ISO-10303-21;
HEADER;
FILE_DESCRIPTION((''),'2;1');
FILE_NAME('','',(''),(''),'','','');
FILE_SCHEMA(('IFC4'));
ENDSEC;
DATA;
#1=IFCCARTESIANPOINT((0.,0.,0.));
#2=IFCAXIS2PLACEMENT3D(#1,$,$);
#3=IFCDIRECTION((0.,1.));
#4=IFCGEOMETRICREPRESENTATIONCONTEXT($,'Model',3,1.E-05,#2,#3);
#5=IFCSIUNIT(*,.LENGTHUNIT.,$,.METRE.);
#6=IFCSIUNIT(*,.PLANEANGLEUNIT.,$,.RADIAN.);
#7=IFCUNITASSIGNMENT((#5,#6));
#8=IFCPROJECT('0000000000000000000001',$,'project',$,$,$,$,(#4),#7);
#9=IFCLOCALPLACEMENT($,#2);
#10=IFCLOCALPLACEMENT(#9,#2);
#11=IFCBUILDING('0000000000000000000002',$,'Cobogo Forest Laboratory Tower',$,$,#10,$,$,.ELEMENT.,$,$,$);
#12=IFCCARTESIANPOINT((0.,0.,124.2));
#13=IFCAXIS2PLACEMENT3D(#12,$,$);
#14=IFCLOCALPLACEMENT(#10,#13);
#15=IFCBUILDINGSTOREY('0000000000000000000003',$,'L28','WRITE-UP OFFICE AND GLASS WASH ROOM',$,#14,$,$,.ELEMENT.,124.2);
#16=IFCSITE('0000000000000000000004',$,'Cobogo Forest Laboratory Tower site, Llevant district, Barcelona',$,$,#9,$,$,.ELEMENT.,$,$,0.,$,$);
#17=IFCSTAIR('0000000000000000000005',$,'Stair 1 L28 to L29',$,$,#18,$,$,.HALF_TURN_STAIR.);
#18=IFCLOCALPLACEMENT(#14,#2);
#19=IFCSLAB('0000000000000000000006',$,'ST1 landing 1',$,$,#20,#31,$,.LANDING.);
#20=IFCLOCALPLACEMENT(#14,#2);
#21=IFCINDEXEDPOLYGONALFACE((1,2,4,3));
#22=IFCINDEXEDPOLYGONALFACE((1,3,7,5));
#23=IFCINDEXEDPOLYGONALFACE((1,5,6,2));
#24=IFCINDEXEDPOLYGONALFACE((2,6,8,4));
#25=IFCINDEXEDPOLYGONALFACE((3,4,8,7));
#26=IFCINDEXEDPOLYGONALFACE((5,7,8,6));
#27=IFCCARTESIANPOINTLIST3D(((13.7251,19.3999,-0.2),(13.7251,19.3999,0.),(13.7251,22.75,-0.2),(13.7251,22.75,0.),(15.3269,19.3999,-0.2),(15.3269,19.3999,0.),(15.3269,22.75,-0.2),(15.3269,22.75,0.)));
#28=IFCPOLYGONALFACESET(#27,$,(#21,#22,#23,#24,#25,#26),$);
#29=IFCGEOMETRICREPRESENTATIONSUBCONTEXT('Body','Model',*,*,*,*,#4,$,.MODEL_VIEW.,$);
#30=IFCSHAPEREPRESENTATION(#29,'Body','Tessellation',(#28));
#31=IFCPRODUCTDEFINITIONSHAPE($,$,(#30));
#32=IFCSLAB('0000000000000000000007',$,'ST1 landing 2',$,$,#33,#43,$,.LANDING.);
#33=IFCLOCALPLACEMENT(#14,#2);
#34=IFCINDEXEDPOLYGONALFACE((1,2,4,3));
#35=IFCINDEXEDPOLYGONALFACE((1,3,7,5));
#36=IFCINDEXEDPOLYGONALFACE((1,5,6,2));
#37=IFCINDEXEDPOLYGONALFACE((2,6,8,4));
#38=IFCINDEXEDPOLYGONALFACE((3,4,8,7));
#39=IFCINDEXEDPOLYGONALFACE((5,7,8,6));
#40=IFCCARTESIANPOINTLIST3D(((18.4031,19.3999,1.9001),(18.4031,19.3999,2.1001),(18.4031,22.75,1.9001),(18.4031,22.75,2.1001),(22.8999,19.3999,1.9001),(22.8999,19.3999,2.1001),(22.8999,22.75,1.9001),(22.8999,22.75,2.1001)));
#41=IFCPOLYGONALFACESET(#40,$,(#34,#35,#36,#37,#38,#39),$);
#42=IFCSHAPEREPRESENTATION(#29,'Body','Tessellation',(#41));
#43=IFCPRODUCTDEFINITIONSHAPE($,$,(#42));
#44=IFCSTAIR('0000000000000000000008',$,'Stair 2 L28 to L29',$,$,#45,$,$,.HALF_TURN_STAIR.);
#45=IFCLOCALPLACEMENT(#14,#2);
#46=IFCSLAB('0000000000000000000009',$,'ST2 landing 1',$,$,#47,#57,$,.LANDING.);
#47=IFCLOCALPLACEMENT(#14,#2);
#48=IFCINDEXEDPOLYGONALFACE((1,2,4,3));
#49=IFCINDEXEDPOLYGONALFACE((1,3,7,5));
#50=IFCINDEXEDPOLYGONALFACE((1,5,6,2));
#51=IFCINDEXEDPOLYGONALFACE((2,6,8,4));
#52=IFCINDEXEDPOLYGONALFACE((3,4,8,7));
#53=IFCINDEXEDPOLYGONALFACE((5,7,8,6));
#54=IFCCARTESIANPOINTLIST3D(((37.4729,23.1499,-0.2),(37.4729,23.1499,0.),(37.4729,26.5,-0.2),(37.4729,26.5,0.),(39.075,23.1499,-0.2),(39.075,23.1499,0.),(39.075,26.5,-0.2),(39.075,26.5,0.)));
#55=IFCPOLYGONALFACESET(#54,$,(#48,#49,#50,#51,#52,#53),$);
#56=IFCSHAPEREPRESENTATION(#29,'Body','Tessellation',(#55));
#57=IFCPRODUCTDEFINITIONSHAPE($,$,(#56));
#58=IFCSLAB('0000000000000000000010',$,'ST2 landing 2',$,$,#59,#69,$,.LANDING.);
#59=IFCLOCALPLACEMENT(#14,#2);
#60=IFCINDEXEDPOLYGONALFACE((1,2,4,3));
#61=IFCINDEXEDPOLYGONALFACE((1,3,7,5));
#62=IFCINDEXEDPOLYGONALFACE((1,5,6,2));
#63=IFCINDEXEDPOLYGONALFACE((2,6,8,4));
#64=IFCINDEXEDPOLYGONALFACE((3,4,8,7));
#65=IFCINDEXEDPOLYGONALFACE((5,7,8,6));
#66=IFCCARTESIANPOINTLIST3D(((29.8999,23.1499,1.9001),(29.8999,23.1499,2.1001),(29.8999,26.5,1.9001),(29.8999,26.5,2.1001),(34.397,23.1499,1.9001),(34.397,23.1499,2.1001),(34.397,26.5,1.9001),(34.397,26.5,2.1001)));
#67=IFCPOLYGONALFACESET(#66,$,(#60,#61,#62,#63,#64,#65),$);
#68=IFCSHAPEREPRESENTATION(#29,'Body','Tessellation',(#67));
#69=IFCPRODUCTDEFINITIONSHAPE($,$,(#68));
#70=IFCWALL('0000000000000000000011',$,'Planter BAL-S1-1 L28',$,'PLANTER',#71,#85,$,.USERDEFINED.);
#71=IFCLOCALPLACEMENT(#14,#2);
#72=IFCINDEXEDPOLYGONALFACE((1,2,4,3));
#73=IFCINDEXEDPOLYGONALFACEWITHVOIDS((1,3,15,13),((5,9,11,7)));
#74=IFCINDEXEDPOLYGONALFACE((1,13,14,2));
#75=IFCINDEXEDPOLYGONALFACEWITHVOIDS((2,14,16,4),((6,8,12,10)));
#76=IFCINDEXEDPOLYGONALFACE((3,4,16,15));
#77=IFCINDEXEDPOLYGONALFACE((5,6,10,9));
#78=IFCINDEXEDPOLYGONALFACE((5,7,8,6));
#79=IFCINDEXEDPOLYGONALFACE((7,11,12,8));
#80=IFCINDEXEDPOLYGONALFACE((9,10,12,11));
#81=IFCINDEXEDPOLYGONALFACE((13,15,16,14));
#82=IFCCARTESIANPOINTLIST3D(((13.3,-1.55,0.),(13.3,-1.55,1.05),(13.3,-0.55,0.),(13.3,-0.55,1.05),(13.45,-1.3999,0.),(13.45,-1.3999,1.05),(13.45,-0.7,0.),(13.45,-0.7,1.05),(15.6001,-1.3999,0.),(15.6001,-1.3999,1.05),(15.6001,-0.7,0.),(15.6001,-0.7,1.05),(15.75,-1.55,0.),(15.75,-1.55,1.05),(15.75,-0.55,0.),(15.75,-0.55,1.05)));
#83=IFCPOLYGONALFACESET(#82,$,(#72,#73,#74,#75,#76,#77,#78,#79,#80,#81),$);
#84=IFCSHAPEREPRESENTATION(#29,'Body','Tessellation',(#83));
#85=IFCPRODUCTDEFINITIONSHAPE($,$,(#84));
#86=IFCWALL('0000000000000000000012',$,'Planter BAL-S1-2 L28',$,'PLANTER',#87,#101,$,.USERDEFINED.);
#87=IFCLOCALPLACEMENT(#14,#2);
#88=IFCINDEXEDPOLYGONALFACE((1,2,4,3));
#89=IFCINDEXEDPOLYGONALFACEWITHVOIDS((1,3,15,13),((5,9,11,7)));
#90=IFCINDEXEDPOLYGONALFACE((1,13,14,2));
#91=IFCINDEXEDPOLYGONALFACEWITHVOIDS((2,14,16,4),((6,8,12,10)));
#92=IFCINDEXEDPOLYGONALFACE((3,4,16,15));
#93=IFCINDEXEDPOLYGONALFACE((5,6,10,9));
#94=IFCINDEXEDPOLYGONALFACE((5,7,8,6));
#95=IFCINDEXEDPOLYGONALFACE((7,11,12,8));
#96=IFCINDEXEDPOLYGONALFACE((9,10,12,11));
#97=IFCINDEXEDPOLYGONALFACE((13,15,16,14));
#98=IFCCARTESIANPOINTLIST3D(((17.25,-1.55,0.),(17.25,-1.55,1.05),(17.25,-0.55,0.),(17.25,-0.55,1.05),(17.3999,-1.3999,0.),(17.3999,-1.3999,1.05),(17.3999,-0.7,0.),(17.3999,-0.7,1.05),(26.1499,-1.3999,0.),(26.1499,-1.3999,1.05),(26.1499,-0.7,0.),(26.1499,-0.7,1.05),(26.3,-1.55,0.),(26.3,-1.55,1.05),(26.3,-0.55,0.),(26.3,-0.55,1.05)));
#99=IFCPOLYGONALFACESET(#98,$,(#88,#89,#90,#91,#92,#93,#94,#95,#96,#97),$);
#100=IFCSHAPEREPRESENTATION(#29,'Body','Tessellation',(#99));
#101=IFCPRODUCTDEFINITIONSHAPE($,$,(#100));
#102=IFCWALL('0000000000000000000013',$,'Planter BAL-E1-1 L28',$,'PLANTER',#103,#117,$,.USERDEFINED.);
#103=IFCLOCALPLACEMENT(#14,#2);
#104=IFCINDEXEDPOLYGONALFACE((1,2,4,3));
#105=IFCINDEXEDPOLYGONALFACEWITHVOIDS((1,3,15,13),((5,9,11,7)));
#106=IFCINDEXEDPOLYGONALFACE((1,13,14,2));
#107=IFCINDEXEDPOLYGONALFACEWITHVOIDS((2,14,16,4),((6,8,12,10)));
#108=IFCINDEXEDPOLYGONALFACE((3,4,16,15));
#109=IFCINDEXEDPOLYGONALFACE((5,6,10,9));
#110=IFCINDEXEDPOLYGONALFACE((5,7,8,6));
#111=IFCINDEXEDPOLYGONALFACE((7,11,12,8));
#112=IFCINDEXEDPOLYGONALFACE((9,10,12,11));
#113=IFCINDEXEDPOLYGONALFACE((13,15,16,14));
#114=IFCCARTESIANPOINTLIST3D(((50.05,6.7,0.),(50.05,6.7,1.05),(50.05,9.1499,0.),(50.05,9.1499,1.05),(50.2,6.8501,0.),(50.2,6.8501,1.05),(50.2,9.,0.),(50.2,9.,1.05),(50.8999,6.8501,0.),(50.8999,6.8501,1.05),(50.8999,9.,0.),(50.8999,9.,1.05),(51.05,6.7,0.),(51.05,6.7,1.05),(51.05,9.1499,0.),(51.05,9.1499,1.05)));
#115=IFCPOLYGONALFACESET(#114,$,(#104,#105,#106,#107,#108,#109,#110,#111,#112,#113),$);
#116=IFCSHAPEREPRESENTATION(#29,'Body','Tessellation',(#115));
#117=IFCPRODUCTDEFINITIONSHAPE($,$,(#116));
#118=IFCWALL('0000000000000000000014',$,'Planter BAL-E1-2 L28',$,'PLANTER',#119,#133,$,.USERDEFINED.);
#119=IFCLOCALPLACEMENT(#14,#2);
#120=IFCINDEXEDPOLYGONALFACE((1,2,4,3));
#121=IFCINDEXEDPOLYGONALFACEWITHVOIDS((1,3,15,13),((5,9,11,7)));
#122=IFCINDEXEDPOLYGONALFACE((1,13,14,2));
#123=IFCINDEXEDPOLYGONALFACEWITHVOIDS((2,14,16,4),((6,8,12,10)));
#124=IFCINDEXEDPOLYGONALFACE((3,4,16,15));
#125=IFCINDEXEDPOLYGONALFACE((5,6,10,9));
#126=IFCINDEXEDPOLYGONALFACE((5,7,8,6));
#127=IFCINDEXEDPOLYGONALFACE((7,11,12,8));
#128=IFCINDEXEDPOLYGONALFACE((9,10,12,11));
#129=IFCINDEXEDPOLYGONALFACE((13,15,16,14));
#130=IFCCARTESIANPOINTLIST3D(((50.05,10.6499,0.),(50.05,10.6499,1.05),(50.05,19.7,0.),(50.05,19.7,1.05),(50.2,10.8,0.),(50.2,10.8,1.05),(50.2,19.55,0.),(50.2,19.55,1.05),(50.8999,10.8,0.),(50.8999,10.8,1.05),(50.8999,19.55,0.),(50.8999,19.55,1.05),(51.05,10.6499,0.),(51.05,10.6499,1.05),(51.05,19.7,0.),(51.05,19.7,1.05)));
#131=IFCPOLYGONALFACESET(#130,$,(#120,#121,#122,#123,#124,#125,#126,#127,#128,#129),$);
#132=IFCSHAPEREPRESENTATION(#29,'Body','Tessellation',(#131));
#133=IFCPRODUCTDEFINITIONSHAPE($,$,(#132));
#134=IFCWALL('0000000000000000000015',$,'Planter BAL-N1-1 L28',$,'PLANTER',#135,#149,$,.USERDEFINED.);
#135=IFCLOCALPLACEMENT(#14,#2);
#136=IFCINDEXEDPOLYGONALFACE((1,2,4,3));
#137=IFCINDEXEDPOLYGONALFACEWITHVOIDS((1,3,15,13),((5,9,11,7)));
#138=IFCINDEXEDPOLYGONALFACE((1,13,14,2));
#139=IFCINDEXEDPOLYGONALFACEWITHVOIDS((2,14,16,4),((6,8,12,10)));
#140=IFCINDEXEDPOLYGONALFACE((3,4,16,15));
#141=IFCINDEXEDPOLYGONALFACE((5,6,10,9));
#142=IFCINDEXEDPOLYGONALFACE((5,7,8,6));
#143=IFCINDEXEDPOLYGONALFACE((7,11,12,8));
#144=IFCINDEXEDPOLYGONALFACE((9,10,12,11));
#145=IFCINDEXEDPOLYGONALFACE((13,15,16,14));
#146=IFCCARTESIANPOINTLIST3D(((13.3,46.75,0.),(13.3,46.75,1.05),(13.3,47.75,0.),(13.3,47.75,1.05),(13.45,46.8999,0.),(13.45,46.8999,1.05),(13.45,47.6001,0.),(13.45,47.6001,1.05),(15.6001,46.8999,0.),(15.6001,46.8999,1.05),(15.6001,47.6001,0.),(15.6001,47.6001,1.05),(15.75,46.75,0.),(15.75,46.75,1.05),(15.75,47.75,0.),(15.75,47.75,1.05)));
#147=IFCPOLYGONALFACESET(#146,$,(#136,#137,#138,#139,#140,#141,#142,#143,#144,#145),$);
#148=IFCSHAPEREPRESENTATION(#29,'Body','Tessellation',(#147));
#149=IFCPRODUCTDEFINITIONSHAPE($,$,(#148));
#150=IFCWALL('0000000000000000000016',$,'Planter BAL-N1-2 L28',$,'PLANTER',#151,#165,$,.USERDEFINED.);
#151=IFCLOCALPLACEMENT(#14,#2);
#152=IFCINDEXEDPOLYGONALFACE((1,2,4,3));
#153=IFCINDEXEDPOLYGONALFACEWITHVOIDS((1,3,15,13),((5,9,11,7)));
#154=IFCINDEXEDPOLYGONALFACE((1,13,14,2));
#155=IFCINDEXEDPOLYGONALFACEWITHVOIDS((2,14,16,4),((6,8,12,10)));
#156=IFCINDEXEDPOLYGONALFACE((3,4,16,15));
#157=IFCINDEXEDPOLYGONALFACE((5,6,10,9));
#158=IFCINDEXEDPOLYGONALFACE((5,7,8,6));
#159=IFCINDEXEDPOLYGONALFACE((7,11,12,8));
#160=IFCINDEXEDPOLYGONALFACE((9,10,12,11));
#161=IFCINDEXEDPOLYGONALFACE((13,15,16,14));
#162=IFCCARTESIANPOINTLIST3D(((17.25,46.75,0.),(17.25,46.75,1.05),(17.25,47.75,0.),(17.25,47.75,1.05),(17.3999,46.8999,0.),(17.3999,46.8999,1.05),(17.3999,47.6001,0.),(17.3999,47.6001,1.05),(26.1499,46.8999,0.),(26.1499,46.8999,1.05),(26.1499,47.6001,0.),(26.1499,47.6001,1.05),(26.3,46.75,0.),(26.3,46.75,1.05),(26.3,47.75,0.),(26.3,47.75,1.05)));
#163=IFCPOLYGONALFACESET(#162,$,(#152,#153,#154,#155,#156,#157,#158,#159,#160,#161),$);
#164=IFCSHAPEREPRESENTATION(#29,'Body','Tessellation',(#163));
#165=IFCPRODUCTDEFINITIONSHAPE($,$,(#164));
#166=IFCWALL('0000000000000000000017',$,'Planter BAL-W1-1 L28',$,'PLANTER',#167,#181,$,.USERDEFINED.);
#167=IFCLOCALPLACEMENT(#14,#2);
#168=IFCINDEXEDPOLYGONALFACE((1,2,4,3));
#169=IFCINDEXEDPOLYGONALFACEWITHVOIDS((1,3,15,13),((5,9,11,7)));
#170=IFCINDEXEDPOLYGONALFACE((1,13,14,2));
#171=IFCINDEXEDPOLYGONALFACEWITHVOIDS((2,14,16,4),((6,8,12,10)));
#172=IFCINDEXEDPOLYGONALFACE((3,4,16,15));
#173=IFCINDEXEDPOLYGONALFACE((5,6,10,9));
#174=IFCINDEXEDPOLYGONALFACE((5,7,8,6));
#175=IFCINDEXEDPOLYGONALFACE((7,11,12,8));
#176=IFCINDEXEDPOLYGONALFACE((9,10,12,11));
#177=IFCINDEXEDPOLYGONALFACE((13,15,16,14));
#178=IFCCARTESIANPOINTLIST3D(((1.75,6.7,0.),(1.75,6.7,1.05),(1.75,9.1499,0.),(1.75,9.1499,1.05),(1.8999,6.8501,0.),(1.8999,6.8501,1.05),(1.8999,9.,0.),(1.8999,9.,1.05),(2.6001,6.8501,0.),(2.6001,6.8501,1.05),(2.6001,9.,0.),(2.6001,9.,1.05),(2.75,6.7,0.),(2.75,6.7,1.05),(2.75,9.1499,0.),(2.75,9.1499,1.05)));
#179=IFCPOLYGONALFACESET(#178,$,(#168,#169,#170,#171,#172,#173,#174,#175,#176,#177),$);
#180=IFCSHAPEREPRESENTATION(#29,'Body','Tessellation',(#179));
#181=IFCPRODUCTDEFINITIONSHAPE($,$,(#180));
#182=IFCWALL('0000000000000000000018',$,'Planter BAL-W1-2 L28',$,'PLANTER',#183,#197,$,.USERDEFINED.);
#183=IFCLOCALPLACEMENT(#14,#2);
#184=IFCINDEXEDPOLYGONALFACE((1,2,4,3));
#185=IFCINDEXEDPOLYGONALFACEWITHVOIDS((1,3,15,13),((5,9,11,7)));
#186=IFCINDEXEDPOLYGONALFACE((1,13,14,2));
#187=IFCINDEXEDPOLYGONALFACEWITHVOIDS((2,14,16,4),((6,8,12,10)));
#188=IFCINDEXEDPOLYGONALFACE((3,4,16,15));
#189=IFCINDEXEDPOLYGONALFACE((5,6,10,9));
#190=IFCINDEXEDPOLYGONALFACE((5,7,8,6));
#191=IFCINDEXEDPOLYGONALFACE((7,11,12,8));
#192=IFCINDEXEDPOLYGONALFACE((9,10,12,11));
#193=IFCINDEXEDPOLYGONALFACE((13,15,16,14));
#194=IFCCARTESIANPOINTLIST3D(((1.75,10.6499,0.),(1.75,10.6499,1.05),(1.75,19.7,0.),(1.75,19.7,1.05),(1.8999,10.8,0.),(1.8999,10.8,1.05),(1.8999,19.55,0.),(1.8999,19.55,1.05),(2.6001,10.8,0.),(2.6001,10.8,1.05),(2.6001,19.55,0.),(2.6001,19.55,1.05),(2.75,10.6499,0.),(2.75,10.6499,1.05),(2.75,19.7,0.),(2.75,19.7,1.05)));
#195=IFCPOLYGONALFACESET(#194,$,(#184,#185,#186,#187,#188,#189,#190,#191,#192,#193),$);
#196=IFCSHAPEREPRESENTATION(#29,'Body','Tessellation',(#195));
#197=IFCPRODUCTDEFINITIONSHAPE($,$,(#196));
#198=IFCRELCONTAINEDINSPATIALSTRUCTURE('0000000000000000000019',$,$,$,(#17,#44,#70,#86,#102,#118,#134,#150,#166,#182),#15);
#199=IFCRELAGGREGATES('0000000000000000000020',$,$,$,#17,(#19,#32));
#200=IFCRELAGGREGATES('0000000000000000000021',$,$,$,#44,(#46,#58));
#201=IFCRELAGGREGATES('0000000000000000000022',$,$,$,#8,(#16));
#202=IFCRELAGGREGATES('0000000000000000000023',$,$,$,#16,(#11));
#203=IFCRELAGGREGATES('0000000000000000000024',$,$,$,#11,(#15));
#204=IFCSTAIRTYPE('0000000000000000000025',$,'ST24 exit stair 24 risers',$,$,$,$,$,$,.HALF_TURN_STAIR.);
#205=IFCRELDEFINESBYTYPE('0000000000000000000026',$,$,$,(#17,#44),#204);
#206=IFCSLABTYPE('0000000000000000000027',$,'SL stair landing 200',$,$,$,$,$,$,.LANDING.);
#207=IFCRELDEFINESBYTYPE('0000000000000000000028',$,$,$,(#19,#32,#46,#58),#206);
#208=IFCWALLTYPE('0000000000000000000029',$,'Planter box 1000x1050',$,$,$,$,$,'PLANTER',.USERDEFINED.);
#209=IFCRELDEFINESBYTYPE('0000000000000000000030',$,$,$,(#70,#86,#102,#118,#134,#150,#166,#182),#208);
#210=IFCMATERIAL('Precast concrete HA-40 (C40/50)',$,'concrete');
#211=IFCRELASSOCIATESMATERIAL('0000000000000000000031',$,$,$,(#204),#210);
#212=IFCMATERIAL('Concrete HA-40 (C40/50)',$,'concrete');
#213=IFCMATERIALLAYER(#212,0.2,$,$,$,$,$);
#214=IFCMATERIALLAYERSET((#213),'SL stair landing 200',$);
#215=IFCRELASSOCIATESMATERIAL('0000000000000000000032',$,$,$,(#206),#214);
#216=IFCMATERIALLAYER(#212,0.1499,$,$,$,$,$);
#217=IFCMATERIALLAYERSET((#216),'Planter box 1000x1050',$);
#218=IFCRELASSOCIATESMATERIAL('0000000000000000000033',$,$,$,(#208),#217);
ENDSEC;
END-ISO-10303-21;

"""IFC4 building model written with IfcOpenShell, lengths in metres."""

from ifc_helpers import new_model, si_unit, direction, frame, origin, place, context, subcontext, project, spatial, polyline, outline, extrude, material, layer, layer_set, type_object, element, aggregate, save


model = new_model("IFC4")

# Units and contexts
model_context = context("Model", 3, precision=1e-05, world=origin(), true_north=direction((0.0, 1.0)))
body_context = subcontext(model_context, "Body", "Model", "MODEL_VIEW")
ifc_project = project(units=[si_unit("LENGTHUNIT", "METRE"), si_unit("PLANEANGLEUNIT", "RADIAN")], contexts=[model_context])

# Site, building, storey
site_placement = place(None, origin())
site = spatial("IfcSite", under=ifc_project, at=site_placement, Name="Cobogo Forest Laboratory Tower site, Llevant district, Barcelona", CompositionType="ELEMENT", RefElevation=0.0)
building_placement = place(site_placement, origin())
building = spatial("IfcBuilding", under=site, at=building_placement, Name="Cobogo Forest Laboratory Tower", CompositionType="ELEMENT")
storey_placement = place(building_placement, frame((0.0, 0.0, 124.2)))
storey = spatial("IfcBuildingStorey", under=building, at=storey_placement, Name="L28", Description="WRITE-UP OFFICE AND GLASS WASH ROOM", CompositionType="ELEMENT", Elevation=124.2)

# Shared definitions
ifc_material_1 = material(Name="Concrete HA-40 (C40/50)", Category="concrete")

# Stairs, slabs
ifc_material_2 = material(Name="Precast concrete HA-40 (C40/50)", Category="concrete")
stair_type = type_object("IfcStairType", Name="ST24 exit stair 24 risers", PredefinedType="HALF_TURN_STAIR", material=ifc_material_2)
stair_1_placement = place(storey_placement, origin())
stair_1 = element("IfcStair", 1, at=stair_1_placement, inside=storey, type_object=stair_type, Name="Stair 1 L28 to L29", PredefinedType="HALF_TURN_STAIR")
ifc_layer_1 = layer(ifc_material_1, 0.2)
ifc_layer_set_1 = layer_set([ifc_layer_1], Name="SL stair landing 200")
slab_type_1 = type_object("IfcSlabType", Name="SL stair landing 200", PredefinedType="LANDING", material=ifc_layer_set_1)
slab_1_placement = place(storey_placement, frame((0.0, 0.0, -0.2)))
slab_1 = element("IfcSlab", 2, at=slab_1_placement, type_object=slab_type_1, Name="ST1 landing 1", PredefinedType="LANDING", context=body_context, shape_type="SweptSolid", body=[
    extrude(outline(polyline([(13.7251, 19.3999), (15.3269, 19.3999), (15.3269, 22.75), (13.7251, 22.75), (13.7251, 19.3999)])), origin(), (0.0, 0.0, 1.0), 0.2),
])
slab_2_placement = place(storey_placement, frame((0.0, 0.0, 1.9001)))
slab_2 = element("IfcSlab", 3, at=slab_2_placement, type_object=slab_type_1, Name="ST1 landing 2", PredefinedType="LANDING", context=body_context, shape_type="SweptSolid", body=[
    extrude(outline(polyline([(18.4031, 19.3999), (22.8999, 19.3999), (22.8999, 22.75), (18.4031, 22.75), (18.4031, 19.3999)])), origin(), (0.0, 0.0, 1.0), 0.2),
])
aggregate(stair_1, [slab_1, slab_2])
stair_2_placement = place(storey_placement, origin())
stair_2 = element("IfcStair", 4, at=stair_2_placement, inside=storey, type_object=stair_type, Name="Stair 2 L28 to L29", PredefinedType="HALF_TURN_STAIR")
slab_3_placement = place(storey_placement, frame((0.0, 0.0, -0.2)))
slab_3 = element("IfcSlab", 5, at=slab_3_placement, type_object=slab_type_1, Name="ST2 landing 1", PredefinedType="LANDING", context=body_context, shape_type="SweptSolid", body=[
    extrude(outline(polyline([(37.4729, 23.1499), (39.075, 23.1499), (39.075, 26.5), (37.4729, 26.5), (37.4729, 23.1499)])), origin(), (0.0, 0.0, 1.0), 0.2),
])
slab_4_placement = place(storey_placement, frame((0.0, 0.0, 1.9001)))
slab_4 = element("IfcSlab", 6, at=slab_4_placement, type_object=slab_type_1, Name="ST2 landing 2", PredefinedType="LANDING", context=body_context, shape_type="SweptSolid", body=[
    extrude(outline(polyline([(29.8999, 23.1499), (34.397, 23.1499), (34.397, 26.5), (29.8999, 26.5), (29.8999, 23.1499)])), origin(), (0.0, 0.0, 1.0), 0.2),
])
aggregate(stair_2, [slab_3, slab_4])

# Walls
ifc_layer_2 = layer(ifc_material_1, 0.1499)
ifc_layer_set_2 = layer_set([ifc_layer_2], Name="Planter box 1000x1050")
wall_type = type_object("IfcWallType", Name="Planter box 1000x1050", ElementType="PLANTER", PredefinedType="USERDEFINED", material=ifc_layer_set_2)
wall_1_placement = place(storey_placement, origin())
element("IfcWall", 7, at=wall_1_placement, inside=storey, type_object=wall_type, Name="Planter BAL-S1-1 L28", ObjectType="PLANTER", PredefinedType="USERDEFINED", context=body_context, shape_type="SweptSolid", body=[
    extrude(outline(polyline([(13.3, -1.55), (15.75, -1.55), (15.75, -0.55), (13.3, -0.55), (13.3, -1.55)]), holes=[polyline([(13.45, -1.3999), (15.6001, -1.3999), (15.6001, -0.7), (13.45, -0.7), (13.45, -1.3999)])]), origin(), (0.0, 0.0, 1.0), 1.05),
])
wall_2_placement = place(storey_placement, origin())
element("IfcWall", 8, at=wall_2_placement, inside=storey, type_object=wall_type, Name="Planter BAL-S1-2 L28", ObjectType="PLANTER", PredefinedType="USERDEFINED", context=body_context, shape_type="SweptSolid", body=[
    extrude(outline(polyline([(17.25, -1.55), (26.3, -1.55), (26.3, -0.55), (17.25, -0.55), (17.25, -1.55)]), holes=[polyline([(17.3999, -1.3999), (26.1499, -1.3999), (26.1499, -0.7), (17.3999, -0.7), (17.3999, -1.3999)])]), origin(), (0.0, 0.0, 1.0), 1.05),
])
wall_3_placement = place(storey_placement, origin())
element("IfcWall", 9, at=wall_3_placement, inside=storey, type_object=wall_type, Name="Planter BAL-E1-1 L28", ObjectType="PLANTER", PredefinedType="USERDEFINED", context=body_context, shape_type="SweptSolid", body=[
    extrude(outline(polyline([(50.05, 6.7), (51.05, 6.7), (51.05, 9.1499), (50.05, 9.1499), (50.05, 6.7)]), holes=[polyline([(50.2, 6.8501), (50.8999, 6.8501), (50.8999, 9.0), (50.2, 9.0), (50.2, 6.8501)])]), origin(), (0.0, 0.0, 1.0), 1.05),
])
wall_4_placement = place(storey_placement, origin())
element("IfcWall", 10, at=wall_4_placement, inside=storey, type_object=wall_type, Name="Planter BAL-E1-2 L28", ObjectType="PLANTER", PredefinedType="USERDEFINED", context=body_context, shape_type="SweptSolid", body=[
    extrude(outline(polyline([(50.05, 10.6499), (51.05, 10.6499), (51.05, 19.7), (50.05, 19.7), (50.05, 10.6499)]), holes=[polyline([(50.2, 10.8), (50.8999, 10.8), (50.8999, 19.55), (50.2, 19.55), (50.2, 10.8)])]), origin(), (0.0, 0.0, 1.0), 1.05),
])
wall_5_placement = place(storey_placement, origin())
element("IfcWall", 11, at=wall_5_placement, inside=storey, type_object=wall_type, Name="Planter BAL-N1-1 L28", ObjectType="PLANTER", PredefinedType="USERDEFINED", context=body_context, shape_type="SweptSolid", body=[
    extrude(outline(polyline([(13.3, 46.75), (15.75, 46.75), (15.75, 47.75), (13.3, 47.75), (13.3, 46.75)]), holes=[polyline([(13.45, 46.8999), (15.6001, 46.8999), (15.6001, 47.6001), (13.45, 47.6001), (13.45, 46.8999)])]), origin(), (0.0, 0.0, 1.0), 1.05),
])
wall_6_placement = place(storey_placement, origin())
element("IfcWall", 12, at=wall_6_placement, inside=storey, type_object=wall_type, Name="Planter BAL-N1-2 L28", ObjectType="PLANTER", PredefinedType="USERDEFINED", context=body_context, shape_type="SweptSolid", body=[
    extrude(outline(polyline([(17.25, 46.75), (26.3, 46.75), (26.3, 47.75), (17.25, 47.75), (17.25, 46.75)]), holes=[polyline([(17.3999, 46.8999), (26.1499, 46.8999), (26.1499, 47.6001), (17.3999, 47.6001), (17.3999, 46.8999)])]), origin(), (0.0, 0.0, 1.0), 1.05),
])
wall_7_placement = place(storey_placement, origin())
element("IfcWall", 13, at=wall_7_placement, inside=storey, type_object=wall_type, Name="Planter BAL-W1-1 L28", ObjectType="PLANTER", PredefinedType="USERDEFINED", context=body_context, shape_type="SweptSolid", body=[
    extrude(outline(polyline([(1.75, 6.7), (2.75, 6.7), (2.75, 9.1499), (1.75, 9.1499), (1.75, 6.7)]), holes=[polyline([(1.8999, 6.8501), (2.6001, 6.8501), (2.6001, 9.0), (1.8999, 9.0), (1.8999, 6.8501)])]), origin(), (0.0, 0.0, 1.0), 1.05),
])
wall_8_placement = place(storey_placement, origin())
element("IfcWall", 14, at=wall_8_placement, inside=storey, type_object=wall_type, Name="Planter BAL-W1-2 L28", ObjectType="PLANTER", PredefinedType="USERDEFINED", context=body_context, shape_type="SweptSolid", body=[
    extrude(outline(polyline([(1.75, 10.6499), (2.75, 10.6499), (2.75, 19.7), (1.75, 19.7), (1.75, 10.6499)]), holes=[polyline([(1.8999, 10.8), (2.6001, 10.8), (2.6001, 19.55), (1.8999, 19.55), (1.8999, 10.8)])]), origin(), (0.0, 0.0, 1.0), 1.05),
])

save(model, "model.ifc")
